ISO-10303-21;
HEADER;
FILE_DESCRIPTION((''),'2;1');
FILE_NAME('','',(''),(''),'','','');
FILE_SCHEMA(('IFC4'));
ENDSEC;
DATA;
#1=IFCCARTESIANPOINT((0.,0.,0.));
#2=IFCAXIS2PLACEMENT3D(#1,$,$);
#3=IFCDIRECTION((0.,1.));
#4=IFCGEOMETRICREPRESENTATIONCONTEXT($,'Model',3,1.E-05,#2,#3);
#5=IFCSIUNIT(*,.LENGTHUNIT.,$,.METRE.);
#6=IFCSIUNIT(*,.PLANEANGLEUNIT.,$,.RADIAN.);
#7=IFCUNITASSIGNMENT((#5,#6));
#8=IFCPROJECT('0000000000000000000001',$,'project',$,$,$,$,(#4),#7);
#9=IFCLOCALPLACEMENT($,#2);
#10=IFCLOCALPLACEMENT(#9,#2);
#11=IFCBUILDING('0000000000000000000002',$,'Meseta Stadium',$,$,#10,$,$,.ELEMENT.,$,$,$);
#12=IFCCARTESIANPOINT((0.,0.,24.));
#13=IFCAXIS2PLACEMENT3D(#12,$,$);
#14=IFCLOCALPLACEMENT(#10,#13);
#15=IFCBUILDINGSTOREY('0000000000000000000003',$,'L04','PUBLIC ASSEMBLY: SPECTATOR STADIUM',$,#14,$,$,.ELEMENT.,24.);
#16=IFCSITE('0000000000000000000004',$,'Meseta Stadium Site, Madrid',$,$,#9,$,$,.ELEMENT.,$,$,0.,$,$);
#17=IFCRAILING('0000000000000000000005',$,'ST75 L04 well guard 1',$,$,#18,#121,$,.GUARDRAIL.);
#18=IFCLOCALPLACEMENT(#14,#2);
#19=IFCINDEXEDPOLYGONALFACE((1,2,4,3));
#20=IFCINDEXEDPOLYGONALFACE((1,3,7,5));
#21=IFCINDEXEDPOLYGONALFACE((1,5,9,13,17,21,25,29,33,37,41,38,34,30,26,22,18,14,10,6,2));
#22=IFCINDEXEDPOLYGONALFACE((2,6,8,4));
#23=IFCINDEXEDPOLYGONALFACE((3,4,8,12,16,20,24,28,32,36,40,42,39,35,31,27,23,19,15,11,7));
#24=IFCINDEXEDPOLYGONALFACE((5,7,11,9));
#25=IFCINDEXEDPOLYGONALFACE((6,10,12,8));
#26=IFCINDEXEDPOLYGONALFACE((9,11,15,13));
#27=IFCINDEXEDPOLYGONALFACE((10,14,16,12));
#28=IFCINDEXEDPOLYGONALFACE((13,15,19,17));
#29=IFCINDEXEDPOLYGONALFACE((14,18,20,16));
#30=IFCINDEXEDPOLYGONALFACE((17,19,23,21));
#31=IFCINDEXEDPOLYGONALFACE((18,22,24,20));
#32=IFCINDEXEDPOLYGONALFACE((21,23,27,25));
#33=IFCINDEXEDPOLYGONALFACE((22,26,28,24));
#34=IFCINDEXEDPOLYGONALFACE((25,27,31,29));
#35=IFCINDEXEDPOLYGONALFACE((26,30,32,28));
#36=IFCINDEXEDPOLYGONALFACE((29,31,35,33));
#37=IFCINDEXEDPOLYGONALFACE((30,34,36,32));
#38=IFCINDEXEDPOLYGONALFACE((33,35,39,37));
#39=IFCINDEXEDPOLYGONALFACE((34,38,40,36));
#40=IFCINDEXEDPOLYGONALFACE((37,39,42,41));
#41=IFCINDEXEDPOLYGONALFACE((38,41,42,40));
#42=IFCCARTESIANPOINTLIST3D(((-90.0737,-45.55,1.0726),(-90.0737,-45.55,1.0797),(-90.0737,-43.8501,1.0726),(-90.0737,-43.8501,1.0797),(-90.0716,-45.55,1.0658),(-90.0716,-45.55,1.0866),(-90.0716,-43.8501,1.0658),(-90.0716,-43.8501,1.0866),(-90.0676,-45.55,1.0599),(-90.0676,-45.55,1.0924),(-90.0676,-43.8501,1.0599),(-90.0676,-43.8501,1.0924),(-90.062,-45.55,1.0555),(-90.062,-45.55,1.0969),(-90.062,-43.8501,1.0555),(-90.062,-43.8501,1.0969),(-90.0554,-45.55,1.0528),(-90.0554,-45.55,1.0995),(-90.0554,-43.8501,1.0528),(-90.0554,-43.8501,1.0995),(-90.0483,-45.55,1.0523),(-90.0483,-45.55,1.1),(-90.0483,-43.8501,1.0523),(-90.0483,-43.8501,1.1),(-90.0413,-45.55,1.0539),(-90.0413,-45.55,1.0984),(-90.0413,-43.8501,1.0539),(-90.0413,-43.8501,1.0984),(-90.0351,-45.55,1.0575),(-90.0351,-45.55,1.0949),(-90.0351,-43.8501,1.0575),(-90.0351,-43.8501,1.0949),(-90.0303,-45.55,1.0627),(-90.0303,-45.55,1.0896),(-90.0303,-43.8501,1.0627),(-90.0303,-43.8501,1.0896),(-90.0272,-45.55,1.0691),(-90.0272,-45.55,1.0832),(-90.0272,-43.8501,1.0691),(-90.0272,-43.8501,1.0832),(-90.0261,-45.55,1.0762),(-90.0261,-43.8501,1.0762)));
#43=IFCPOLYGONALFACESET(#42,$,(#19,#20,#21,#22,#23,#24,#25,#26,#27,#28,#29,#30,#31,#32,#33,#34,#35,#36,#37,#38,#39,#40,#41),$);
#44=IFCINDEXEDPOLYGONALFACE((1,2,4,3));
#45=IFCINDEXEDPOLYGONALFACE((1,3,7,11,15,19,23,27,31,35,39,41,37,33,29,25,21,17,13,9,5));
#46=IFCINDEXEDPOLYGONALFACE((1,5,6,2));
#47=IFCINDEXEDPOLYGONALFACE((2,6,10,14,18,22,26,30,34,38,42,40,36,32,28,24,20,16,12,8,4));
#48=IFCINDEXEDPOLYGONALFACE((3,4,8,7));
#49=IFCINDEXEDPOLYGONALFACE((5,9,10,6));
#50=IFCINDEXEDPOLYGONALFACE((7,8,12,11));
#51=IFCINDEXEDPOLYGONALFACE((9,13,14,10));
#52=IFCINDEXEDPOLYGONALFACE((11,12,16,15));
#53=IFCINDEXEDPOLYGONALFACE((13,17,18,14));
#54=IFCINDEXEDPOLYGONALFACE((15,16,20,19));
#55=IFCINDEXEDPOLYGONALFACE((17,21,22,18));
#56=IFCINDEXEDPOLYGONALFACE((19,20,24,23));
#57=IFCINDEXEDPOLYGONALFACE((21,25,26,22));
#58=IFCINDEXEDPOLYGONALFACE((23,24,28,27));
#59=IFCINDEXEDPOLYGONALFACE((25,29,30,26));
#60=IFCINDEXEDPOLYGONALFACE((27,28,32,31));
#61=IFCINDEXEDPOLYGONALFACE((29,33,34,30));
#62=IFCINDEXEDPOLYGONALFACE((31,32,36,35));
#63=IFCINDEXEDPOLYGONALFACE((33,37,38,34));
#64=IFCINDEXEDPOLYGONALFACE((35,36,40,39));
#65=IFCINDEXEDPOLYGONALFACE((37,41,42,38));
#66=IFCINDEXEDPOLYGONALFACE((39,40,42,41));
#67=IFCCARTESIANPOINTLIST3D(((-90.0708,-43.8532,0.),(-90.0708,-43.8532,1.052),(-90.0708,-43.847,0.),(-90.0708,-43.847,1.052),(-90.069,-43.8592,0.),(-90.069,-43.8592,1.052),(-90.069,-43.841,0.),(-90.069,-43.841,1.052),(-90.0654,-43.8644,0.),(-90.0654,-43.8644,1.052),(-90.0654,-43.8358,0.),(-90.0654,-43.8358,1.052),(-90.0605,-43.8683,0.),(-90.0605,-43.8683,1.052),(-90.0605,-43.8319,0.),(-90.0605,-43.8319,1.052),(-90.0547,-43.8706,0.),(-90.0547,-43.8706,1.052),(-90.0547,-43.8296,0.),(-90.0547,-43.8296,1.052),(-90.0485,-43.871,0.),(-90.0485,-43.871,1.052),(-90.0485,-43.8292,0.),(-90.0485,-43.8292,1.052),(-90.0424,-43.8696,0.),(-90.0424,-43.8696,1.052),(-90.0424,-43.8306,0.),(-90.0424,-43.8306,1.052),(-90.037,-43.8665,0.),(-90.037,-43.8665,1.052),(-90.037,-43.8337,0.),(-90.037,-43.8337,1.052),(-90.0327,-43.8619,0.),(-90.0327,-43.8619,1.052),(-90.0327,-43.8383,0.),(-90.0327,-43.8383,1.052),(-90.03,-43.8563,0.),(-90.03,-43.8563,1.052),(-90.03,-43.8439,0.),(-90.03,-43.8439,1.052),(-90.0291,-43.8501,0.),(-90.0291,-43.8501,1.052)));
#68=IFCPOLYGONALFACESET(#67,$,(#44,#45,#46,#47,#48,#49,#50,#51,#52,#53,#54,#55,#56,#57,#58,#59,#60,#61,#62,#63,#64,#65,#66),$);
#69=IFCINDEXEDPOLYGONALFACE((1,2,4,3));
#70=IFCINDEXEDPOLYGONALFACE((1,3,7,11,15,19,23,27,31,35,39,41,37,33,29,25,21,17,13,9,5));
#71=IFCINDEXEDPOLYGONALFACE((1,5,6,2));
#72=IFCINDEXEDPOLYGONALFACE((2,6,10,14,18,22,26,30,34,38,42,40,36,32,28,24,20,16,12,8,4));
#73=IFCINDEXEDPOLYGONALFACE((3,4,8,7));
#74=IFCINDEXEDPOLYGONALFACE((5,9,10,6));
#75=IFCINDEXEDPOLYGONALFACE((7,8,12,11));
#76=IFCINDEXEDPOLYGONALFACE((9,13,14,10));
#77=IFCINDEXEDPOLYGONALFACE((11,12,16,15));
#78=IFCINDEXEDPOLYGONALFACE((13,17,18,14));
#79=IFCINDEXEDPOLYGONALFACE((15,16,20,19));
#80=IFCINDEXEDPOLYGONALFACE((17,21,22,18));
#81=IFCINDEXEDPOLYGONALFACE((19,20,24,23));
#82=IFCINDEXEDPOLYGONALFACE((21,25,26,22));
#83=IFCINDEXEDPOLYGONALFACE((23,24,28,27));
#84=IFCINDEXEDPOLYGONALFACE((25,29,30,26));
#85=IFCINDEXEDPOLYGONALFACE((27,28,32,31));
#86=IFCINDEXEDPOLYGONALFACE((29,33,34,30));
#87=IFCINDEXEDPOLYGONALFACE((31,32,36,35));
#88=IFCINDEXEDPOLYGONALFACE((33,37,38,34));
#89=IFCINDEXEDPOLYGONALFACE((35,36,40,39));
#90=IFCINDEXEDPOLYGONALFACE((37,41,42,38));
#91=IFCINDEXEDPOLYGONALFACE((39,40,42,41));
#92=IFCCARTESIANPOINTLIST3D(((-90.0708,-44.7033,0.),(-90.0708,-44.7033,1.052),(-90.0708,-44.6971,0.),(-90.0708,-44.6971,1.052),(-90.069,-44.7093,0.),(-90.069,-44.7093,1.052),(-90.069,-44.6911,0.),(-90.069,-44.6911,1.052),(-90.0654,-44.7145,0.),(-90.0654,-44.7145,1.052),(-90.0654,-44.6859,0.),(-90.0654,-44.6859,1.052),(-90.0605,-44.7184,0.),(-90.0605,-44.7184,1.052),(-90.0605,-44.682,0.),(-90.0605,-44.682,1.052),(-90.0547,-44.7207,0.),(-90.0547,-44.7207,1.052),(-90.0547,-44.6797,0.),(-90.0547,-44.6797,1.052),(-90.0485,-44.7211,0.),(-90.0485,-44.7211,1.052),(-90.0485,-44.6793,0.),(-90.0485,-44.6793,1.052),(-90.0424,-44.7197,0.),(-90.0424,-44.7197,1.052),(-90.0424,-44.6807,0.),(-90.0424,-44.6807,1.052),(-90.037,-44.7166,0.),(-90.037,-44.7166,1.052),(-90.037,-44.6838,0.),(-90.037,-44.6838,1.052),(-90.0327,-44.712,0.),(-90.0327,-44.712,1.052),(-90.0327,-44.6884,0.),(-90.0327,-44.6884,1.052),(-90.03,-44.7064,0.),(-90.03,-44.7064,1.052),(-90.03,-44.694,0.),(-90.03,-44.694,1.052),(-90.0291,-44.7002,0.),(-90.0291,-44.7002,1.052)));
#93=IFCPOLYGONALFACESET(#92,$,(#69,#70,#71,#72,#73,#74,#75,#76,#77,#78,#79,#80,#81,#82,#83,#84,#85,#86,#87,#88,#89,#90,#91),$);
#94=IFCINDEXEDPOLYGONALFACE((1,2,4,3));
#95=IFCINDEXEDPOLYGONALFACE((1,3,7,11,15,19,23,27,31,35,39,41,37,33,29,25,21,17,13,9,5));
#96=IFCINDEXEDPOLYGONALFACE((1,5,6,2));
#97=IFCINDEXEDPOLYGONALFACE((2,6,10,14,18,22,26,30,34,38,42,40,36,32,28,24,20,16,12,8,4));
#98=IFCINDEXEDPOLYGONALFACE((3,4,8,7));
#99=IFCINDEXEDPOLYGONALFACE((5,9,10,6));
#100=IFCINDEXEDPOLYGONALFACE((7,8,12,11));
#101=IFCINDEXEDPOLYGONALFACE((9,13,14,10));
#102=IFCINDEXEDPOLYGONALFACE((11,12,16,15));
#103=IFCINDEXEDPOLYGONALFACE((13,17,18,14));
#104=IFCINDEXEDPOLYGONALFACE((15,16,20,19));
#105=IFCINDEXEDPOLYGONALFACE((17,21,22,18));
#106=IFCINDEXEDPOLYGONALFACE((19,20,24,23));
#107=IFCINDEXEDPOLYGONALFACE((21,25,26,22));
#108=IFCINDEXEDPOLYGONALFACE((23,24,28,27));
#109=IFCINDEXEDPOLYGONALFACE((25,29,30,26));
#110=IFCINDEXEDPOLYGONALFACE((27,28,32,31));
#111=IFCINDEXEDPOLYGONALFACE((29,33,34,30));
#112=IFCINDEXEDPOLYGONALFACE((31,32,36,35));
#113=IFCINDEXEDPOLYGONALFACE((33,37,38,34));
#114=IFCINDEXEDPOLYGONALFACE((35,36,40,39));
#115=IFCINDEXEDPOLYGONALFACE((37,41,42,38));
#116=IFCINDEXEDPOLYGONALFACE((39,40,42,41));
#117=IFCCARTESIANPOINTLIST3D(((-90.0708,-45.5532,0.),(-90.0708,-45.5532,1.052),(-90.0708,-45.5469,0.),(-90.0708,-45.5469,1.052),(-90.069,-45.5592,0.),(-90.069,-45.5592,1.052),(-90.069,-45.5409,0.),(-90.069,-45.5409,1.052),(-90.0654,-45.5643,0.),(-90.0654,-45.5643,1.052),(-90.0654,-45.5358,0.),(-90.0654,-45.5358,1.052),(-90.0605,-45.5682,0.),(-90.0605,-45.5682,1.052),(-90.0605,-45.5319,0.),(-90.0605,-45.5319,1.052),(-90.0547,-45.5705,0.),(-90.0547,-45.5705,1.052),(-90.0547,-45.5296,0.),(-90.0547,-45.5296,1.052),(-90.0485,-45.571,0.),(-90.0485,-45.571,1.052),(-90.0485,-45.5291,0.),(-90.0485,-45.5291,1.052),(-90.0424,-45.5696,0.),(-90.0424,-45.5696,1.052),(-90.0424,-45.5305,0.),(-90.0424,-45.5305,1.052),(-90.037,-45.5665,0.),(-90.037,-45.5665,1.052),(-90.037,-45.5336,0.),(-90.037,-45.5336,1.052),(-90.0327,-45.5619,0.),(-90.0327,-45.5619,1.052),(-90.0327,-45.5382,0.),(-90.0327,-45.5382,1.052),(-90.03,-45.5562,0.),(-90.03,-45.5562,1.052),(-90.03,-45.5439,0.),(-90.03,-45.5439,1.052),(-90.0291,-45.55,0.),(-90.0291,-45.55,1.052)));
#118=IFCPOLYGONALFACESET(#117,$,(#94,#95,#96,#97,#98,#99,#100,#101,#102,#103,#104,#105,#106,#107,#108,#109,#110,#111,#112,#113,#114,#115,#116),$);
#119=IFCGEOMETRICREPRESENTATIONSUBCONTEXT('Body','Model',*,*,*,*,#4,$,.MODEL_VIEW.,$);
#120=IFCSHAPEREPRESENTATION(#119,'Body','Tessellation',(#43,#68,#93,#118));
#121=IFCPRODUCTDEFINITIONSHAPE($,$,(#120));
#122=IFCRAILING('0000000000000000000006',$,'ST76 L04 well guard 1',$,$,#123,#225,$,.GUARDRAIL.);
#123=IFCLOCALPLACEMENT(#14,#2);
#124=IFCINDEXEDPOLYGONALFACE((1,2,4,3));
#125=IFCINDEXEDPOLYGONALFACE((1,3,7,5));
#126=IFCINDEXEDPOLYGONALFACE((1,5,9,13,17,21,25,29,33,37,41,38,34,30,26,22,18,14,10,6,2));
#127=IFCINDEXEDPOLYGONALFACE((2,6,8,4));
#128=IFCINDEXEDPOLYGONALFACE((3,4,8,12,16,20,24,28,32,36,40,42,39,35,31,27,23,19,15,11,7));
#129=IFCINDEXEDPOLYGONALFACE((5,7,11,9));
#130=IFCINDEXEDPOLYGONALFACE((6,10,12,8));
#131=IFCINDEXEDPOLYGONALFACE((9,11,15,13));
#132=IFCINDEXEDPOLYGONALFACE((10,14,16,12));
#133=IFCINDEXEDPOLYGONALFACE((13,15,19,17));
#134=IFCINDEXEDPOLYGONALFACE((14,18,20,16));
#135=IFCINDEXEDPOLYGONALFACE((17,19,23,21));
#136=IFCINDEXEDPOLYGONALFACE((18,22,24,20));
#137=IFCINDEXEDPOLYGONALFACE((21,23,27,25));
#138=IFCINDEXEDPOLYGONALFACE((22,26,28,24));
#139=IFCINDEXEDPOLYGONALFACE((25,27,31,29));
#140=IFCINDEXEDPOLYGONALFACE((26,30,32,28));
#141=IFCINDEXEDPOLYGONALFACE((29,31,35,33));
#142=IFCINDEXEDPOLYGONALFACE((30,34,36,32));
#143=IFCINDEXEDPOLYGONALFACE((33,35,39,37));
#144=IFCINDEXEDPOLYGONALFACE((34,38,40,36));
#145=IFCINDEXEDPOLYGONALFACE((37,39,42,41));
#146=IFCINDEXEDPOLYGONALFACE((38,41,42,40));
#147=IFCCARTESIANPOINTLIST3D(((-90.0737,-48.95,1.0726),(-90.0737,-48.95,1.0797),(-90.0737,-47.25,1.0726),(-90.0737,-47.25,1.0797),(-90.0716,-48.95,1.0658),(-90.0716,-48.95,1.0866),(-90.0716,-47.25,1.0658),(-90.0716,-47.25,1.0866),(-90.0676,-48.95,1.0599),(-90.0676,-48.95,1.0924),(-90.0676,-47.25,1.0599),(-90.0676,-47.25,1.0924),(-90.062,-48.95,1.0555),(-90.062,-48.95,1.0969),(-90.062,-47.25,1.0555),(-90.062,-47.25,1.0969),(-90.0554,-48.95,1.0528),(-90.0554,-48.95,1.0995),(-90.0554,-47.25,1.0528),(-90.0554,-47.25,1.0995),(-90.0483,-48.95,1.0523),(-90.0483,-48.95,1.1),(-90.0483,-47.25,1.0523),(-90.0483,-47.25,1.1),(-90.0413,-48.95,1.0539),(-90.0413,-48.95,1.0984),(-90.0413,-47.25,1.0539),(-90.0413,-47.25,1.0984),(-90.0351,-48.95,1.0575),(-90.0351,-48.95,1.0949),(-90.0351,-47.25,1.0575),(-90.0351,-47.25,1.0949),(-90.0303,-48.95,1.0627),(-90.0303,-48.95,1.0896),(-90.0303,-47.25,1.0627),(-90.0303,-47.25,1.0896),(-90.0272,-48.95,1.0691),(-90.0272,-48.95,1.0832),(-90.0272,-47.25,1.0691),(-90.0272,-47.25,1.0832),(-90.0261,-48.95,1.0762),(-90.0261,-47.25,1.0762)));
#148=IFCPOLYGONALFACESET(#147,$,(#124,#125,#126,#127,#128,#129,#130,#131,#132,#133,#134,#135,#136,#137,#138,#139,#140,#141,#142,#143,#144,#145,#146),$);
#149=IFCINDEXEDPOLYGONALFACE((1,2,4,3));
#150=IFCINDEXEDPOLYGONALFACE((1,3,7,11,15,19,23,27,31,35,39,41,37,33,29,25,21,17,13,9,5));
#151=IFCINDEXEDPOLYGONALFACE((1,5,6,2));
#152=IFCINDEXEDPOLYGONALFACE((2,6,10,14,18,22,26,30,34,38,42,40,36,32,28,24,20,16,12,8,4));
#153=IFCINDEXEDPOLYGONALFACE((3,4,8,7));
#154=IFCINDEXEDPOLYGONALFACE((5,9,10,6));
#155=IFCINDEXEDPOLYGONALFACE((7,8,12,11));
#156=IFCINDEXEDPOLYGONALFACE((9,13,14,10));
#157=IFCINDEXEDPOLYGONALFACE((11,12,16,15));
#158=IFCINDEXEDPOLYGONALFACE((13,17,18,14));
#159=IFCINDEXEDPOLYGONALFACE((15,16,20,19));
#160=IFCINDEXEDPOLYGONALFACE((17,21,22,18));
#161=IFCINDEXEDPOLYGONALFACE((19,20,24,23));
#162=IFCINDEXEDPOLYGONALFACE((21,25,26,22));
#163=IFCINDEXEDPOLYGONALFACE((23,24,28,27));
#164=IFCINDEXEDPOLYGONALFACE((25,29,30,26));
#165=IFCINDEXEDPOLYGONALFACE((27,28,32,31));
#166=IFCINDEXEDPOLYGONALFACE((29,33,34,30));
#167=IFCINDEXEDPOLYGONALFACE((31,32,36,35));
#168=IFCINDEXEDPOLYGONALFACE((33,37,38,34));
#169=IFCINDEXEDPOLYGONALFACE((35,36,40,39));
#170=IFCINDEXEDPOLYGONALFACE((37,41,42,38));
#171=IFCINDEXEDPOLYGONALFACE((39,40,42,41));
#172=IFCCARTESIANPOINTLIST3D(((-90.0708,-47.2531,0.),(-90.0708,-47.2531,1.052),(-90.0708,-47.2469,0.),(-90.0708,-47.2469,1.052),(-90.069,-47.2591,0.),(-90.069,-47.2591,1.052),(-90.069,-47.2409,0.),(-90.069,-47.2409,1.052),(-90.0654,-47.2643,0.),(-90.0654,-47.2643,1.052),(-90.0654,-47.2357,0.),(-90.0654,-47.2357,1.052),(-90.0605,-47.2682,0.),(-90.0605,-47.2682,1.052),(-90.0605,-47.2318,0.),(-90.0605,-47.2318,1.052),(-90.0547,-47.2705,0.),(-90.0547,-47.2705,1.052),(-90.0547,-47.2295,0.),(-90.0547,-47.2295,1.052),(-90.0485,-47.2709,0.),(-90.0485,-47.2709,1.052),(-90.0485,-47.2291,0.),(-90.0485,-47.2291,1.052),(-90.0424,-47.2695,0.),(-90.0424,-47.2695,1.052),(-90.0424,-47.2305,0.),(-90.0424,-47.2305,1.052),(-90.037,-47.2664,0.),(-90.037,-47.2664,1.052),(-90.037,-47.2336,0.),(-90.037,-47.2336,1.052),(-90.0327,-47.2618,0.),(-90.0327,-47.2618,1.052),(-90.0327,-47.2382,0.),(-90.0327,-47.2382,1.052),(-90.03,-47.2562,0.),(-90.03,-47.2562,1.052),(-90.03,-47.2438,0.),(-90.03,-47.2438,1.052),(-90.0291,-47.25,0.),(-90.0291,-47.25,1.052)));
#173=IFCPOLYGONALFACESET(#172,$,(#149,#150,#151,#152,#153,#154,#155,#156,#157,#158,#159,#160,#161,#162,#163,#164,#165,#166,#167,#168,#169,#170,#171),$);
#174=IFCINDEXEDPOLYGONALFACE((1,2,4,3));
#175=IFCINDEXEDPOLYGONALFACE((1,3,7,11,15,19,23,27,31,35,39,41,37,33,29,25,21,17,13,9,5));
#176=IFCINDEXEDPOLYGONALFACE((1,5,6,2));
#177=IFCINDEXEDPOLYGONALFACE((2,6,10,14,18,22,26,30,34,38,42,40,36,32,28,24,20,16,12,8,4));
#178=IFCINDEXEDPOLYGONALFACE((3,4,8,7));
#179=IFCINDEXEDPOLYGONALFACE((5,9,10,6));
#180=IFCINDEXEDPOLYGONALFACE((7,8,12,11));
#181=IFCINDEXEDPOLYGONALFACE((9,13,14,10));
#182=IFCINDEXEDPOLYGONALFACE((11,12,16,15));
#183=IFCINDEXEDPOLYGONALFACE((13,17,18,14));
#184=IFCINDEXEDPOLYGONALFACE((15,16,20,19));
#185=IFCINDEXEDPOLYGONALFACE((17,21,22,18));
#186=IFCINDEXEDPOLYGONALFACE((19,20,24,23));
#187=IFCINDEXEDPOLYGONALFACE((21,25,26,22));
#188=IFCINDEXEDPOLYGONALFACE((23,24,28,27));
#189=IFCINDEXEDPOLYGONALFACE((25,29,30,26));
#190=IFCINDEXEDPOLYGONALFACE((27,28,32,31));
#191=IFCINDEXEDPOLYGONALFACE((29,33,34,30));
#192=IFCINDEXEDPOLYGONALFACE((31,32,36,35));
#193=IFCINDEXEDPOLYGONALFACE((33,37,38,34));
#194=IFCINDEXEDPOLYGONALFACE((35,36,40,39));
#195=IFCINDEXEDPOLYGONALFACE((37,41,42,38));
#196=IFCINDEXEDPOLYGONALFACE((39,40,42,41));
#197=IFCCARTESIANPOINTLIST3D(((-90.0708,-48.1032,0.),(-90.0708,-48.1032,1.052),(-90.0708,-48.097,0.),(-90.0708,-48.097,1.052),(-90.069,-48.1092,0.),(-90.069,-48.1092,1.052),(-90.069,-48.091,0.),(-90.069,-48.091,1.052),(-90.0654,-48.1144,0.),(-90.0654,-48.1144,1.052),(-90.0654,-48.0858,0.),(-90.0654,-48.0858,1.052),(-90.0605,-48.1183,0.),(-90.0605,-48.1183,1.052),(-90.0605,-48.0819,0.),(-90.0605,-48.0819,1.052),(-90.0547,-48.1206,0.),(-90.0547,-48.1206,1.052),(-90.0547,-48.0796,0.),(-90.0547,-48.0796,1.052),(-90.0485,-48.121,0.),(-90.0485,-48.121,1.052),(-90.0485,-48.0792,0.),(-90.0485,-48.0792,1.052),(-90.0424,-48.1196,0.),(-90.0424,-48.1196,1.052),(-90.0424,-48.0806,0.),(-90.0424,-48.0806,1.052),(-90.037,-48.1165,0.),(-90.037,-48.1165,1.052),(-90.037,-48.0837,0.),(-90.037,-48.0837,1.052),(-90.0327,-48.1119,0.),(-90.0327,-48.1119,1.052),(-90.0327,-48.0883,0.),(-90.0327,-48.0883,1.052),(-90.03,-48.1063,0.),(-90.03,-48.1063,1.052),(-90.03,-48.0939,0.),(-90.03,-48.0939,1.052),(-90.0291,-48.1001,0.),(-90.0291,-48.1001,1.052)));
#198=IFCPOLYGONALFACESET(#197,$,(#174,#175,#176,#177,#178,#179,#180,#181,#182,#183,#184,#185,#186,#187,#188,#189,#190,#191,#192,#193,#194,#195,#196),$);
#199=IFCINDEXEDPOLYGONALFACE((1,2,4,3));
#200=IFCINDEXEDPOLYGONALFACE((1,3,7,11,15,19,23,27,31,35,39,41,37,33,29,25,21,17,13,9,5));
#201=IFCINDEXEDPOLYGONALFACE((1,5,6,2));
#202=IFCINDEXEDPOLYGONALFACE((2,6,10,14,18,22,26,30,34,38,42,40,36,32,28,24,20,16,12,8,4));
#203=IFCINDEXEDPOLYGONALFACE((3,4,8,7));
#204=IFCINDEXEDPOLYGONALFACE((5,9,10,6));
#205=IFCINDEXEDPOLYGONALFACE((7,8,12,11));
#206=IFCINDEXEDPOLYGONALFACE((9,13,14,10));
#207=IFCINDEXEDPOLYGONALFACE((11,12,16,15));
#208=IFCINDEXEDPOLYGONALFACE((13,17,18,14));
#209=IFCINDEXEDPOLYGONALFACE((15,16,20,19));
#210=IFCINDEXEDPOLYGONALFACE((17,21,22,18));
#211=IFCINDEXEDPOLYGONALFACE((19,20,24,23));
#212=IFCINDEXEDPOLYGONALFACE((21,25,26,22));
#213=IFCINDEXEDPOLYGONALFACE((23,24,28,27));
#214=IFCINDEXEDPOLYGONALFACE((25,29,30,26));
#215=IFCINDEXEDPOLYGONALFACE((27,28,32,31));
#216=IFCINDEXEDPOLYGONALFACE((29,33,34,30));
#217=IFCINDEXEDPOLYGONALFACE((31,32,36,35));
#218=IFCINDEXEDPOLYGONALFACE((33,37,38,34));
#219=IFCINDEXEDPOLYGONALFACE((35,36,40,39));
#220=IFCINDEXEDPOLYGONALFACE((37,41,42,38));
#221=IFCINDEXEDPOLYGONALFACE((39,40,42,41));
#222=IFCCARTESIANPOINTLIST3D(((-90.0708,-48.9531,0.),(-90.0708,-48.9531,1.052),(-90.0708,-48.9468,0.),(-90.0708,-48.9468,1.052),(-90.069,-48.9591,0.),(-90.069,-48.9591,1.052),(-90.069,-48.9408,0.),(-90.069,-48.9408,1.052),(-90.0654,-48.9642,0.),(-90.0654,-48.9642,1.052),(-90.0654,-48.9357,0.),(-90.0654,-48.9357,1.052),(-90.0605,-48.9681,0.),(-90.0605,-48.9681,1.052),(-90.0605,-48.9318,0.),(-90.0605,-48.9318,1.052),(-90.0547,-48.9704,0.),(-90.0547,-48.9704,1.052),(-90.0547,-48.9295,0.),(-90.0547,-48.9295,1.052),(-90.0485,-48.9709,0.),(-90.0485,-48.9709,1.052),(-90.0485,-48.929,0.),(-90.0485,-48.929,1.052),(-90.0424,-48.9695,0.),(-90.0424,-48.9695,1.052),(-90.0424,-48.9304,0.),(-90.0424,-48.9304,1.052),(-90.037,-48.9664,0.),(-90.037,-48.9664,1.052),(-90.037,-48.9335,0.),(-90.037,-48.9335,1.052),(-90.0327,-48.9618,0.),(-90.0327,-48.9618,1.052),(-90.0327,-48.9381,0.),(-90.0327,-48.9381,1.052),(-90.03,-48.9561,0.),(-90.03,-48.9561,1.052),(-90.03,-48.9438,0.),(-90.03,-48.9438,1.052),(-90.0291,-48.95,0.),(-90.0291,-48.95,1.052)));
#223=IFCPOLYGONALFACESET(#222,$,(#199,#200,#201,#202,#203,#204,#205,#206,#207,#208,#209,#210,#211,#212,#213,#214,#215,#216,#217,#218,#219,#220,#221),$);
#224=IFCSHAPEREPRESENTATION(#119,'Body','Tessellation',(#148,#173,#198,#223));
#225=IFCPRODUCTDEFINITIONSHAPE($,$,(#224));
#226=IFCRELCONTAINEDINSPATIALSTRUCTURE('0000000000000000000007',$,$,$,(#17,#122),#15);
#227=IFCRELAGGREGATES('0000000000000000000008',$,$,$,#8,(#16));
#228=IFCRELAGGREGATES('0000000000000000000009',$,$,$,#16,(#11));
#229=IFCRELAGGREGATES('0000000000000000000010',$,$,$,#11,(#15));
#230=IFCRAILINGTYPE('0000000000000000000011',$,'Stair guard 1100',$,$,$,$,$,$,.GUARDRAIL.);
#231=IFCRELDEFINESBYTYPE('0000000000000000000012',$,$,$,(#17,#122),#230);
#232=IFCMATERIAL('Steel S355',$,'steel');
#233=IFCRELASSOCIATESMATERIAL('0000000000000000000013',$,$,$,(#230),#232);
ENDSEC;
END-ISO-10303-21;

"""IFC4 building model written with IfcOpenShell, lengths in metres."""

from ifc_helpers import new_model, si_unit, direction, frame, origin, origin_2d, place, context, subcontext, project, spatial, circle, extrude, material, type_object, element, save


model = new_model("IFC4")

# Units and contexts
model_context = context("Model", 3, precision=1e-05, world=origin(), true_north=direction((0.0, 1.0)))
body_context = subcontext(model_context, "Body", "Model", "MODEL_VIEW")
ifc_project = project(units=[si_unit("LENGTHUNIT", "METRE"), si_unit("PLANEANGLEUNIT", "RADIAN")], contexts=[model_context])

# Site, building, storey
site_placement = place(None, origin())
site = spatial("IfcSite", under=ifc_project, at=site_placement, Name="Meseta Stadium Site, Madrid", CompositionType="ELEMENT", RefElevation=0.0)
building_placement = place(site_placement, origin())
building = spatial("IfcBuilding", under=site, at=building_placement, Name="Meseta Stadium", CompositionType="ELEMENT")
storey_placement = place(building_placement, frame((0.0, 0.0, 24.0)))
storey = spatial("IfcBuildingStorey", under=building, at=storey_placement, Name="L04", Description="PUBLIC ASSEMBLY: SPECTATOR STADIUM", CompositionType="ELEMENT", Elevation=24.0)

# Railings
ifc_material_1 = material(Name="Steel S355", Category="steel")
railing_type_1 = type_object("IfcRailingType", Name="Stair guard 1100", PredefinedType="GUARDRAIL", material=ifc_material_1)
for number, where, name in (
    (1, (-90.05, -43.8501, 0.0), "ST75 L04 well guard 1"),
    (2, (-90.05, -47.25, 0.0), "ST76 L04 well guard 1"),
):
    element("IfcRailing", number, at=place(storey_placement, frame(where)), inside=storey, type_object=railing_type_1, Name=name, PredefinedType="GUARDRAIL", context=body_context, shape_type="SweptSolid", body=[
        extrude(circle(Radius=0.0239, at=origin_2d()), frame((0.0, 0.0, 1.0762), z_axis=(0.0, -1.0, 0.0), x_axis=(1.0, 0.0, 0.0)), (0.0, 0.0, 1.0), 1.7),
        extrude(circle(Radius=0.021, at=origin_2d()), origin(), (0.0, 0.0, 1.0), 1.052),
        extrude(circle(Radius=0.021, at=origin_2d()), frame((0.0, -0.8501, 0.0)), (0.0, 0.0, 1.0), 1.052),
        extrude(circle(Radius=0.021, at=origin_2d()), frame((0.0, -1.7, 0.0)), (0.0, 0.0, 1.0), 1.052),
    ])

save(model, "model.ifc")
